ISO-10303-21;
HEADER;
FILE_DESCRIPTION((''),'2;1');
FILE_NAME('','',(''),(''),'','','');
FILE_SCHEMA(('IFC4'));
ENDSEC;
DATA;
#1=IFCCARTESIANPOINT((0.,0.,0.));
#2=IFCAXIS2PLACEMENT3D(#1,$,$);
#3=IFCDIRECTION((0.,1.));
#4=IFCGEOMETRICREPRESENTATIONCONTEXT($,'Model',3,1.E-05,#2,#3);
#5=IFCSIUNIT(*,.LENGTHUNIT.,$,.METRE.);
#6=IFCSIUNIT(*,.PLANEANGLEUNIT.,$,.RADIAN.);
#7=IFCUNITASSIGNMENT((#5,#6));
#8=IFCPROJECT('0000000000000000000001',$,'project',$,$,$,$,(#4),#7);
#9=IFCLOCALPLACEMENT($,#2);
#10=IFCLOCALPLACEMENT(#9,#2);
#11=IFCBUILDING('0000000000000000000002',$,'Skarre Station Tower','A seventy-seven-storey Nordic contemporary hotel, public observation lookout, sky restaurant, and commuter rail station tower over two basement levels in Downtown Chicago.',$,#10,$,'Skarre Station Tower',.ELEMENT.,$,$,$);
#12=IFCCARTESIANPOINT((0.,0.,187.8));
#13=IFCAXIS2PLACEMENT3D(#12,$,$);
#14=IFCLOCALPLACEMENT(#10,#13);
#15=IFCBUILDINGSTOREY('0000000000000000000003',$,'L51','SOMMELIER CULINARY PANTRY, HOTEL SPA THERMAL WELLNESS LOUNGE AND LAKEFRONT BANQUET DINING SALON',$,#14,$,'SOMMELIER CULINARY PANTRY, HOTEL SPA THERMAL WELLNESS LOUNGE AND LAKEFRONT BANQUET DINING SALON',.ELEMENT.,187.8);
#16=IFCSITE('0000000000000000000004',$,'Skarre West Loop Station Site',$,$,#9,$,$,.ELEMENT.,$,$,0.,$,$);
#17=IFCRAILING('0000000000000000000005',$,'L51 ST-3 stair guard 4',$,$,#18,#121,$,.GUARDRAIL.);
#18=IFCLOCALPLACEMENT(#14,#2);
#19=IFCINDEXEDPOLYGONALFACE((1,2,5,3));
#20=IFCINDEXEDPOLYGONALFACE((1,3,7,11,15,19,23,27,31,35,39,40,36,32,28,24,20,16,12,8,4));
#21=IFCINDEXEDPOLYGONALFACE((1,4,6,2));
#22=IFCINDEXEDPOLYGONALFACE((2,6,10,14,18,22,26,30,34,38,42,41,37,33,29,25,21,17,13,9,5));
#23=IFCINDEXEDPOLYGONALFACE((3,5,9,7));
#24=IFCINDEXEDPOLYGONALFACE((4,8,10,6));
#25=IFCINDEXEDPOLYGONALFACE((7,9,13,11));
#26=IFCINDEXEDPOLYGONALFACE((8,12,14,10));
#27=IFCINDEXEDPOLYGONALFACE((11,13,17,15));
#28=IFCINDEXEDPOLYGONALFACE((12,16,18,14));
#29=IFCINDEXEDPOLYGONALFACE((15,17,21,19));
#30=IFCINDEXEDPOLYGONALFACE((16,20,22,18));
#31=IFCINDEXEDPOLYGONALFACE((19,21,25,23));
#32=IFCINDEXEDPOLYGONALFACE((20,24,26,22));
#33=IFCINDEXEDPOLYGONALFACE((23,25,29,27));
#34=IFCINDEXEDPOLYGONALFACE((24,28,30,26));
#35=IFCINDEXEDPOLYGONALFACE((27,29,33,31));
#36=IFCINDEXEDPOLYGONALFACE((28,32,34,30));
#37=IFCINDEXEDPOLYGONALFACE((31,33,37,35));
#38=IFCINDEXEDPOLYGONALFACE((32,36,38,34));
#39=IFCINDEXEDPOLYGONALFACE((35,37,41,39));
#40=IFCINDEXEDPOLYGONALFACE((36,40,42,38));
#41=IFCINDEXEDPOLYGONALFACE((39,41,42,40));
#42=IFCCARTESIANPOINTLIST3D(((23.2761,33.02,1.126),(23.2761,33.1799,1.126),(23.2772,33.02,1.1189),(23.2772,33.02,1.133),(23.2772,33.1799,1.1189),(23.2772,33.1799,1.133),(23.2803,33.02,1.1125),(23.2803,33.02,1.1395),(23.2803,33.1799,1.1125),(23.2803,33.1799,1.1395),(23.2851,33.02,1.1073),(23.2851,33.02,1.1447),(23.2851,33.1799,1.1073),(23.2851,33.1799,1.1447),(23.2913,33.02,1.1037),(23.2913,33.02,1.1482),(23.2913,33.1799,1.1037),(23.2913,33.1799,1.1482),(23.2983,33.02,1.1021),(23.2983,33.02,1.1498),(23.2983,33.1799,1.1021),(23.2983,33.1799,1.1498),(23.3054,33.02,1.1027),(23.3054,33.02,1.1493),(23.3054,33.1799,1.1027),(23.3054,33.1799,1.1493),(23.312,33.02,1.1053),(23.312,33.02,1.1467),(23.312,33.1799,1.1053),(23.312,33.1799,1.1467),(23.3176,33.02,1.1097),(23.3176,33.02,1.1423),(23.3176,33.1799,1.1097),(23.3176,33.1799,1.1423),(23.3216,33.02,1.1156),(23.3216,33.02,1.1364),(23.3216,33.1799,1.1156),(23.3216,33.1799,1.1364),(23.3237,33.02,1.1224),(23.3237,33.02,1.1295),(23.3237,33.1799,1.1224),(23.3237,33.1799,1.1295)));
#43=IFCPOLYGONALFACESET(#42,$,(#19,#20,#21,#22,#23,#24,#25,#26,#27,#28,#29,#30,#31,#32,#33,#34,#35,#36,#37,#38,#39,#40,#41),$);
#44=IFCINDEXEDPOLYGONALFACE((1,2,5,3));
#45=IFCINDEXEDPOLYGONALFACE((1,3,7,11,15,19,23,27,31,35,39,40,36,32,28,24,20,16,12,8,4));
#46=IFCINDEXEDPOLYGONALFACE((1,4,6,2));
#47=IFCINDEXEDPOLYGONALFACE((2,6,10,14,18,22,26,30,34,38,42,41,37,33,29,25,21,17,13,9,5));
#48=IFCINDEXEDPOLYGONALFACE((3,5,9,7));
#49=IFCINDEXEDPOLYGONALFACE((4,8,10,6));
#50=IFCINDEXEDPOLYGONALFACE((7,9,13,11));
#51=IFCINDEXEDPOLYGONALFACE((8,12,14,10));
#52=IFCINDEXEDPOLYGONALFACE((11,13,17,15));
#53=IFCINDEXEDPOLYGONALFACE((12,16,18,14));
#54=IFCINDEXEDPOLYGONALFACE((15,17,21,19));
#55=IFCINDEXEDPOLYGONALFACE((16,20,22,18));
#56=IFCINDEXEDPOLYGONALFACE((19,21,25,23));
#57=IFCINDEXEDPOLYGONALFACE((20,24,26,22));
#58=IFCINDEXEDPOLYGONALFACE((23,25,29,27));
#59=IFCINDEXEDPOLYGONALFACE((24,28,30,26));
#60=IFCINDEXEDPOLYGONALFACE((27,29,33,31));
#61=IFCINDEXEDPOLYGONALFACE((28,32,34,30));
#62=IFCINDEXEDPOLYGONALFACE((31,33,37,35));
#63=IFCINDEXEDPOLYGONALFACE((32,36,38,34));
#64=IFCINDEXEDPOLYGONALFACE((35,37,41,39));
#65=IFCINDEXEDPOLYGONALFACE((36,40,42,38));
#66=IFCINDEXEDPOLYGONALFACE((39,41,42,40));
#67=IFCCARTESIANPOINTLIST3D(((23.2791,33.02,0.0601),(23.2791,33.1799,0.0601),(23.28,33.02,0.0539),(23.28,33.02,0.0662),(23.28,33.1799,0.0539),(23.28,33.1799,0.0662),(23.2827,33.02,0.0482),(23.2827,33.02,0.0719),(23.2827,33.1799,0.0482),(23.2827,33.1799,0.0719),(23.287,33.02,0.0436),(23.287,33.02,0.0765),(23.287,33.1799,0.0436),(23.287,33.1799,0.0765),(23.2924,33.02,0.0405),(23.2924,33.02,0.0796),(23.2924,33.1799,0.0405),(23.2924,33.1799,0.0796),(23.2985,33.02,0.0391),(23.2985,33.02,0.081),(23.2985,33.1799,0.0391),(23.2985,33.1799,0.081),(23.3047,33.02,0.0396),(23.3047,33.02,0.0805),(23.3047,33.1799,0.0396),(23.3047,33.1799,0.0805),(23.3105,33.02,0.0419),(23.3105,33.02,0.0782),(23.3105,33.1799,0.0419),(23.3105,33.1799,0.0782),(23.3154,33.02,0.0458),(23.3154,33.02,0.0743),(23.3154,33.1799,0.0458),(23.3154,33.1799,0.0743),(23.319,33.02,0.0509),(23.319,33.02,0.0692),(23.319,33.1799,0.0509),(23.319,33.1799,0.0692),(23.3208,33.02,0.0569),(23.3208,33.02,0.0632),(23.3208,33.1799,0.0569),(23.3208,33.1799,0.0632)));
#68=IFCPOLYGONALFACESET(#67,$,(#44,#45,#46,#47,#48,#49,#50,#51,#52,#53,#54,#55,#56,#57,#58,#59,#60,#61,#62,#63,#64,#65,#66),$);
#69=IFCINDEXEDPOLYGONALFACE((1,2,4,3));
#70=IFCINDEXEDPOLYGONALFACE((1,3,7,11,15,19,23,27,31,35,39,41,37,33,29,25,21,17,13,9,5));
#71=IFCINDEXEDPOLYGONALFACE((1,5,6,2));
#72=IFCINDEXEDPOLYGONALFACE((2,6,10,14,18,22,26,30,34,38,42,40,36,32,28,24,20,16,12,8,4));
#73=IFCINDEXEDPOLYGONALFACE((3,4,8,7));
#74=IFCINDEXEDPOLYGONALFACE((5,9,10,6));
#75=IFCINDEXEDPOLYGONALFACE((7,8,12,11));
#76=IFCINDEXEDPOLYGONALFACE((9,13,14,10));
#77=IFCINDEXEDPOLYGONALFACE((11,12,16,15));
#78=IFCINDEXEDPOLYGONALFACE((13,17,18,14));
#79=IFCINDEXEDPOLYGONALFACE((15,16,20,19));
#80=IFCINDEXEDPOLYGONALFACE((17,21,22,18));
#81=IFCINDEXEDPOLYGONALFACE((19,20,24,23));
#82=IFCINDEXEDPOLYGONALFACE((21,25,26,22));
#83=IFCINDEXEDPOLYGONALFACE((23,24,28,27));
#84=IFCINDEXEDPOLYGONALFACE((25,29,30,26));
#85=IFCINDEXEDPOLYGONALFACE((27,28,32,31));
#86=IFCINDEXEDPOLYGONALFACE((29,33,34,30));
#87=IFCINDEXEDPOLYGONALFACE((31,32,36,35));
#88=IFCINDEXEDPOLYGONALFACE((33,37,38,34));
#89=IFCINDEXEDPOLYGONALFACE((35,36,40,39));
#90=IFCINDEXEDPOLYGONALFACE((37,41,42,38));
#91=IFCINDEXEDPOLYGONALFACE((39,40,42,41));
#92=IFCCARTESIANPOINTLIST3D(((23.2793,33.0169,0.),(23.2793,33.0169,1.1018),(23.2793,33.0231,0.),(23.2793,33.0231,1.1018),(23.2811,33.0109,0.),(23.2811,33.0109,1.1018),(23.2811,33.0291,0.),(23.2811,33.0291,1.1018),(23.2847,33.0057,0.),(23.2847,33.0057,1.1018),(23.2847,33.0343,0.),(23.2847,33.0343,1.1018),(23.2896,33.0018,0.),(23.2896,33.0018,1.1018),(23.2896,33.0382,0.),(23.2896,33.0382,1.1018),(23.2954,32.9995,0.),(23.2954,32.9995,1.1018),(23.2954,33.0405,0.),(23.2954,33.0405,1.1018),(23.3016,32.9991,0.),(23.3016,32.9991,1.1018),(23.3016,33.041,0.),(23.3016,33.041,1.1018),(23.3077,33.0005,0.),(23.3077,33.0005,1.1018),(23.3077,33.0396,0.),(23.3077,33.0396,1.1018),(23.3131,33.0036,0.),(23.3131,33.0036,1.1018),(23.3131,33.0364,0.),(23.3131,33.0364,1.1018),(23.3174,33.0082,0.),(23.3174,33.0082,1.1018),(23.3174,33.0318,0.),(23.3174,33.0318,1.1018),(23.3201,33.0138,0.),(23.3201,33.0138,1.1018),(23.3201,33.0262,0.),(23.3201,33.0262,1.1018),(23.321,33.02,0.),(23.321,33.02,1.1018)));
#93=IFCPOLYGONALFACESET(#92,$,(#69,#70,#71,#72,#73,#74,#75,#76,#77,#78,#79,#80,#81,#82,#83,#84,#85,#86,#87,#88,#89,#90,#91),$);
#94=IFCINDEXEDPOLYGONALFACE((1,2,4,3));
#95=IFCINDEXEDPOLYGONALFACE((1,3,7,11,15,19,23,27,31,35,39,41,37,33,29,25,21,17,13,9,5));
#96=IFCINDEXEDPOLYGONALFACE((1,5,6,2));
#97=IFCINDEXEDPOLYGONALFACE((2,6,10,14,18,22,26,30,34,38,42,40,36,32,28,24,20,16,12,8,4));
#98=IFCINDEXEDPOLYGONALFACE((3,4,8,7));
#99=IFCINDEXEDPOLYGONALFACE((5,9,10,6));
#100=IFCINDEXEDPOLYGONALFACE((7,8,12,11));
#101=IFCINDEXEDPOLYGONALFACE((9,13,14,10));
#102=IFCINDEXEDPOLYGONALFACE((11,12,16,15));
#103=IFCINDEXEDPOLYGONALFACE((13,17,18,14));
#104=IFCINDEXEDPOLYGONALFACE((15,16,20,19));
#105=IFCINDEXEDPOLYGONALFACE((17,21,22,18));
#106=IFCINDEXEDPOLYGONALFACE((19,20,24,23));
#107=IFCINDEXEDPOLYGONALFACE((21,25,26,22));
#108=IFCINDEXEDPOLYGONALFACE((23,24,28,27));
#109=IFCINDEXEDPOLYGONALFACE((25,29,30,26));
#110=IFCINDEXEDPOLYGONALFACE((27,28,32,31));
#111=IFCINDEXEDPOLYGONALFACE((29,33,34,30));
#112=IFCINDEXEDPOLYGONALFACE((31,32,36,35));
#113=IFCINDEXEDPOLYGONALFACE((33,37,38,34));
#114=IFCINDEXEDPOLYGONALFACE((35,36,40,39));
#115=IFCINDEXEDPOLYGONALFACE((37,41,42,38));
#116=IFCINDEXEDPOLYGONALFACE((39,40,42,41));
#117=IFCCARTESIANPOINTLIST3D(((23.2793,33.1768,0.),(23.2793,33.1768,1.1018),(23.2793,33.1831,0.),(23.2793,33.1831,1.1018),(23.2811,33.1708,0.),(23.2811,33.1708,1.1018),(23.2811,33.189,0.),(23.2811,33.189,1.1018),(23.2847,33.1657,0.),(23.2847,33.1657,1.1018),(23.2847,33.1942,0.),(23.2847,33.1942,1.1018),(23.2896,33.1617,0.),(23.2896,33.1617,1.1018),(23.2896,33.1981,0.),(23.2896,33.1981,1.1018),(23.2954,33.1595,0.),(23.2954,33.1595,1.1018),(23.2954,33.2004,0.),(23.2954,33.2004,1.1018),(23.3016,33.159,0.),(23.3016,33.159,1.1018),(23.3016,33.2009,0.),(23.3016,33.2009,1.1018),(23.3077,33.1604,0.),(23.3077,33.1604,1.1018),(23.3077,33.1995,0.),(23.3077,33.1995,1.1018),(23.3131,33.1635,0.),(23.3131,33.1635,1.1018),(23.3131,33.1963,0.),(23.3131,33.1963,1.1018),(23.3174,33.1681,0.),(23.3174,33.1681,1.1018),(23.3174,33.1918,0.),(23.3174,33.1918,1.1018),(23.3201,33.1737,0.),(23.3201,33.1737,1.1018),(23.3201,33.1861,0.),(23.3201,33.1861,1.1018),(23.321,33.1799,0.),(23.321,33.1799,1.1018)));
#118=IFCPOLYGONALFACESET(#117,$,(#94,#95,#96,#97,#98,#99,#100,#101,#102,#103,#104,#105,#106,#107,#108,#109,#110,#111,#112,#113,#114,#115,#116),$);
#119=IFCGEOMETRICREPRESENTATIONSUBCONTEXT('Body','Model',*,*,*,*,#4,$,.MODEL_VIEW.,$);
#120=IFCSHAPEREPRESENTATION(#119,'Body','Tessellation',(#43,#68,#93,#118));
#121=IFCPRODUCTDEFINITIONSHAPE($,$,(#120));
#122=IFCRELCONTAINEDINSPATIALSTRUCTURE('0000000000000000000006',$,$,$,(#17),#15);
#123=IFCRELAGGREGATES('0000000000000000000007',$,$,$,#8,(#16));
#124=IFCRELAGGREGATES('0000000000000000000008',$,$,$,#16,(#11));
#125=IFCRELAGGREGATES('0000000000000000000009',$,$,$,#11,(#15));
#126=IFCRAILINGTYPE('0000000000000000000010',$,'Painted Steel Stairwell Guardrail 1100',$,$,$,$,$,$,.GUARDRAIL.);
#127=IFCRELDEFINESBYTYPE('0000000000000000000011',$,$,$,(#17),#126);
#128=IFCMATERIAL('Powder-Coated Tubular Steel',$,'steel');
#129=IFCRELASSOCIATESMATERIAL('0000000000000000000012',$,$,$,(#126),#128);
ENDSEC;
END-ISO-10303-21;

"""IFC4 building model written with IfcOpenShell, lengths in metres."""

from ifc_helpers import new_model, si_unit, direction, frame, origin, origin_2d, place, context, subcontext, project, spatial, circle, extrude, material, type_object, element, save


model = new_model("IFC4")

# Units and contexts
model_context = context("Model", 3, precision=1e-05, world=origin(), true_north=direction((0.0, 1.0)))
body_context = subcontext(model_context, "Body", "Model", "MODEL_VIEW")
ifc_project = project(units=[si_unit("LENGTHUNIT", "METRE"), si_unit("PLANEANGLEUNIT", "RADIAN")], contexts=[model_context])

# Site, building, storey
site_placement = place(None, origin())
site = spatial("IfcSite", under=ifc_project, at=site_placement, Name="Skarre West Loop Station Site", CompositionType="ELEMENT", RefElevation=0.0)
building_placement = place(site_placement, origin())
building = spatial("IfcBuilding", under=site, at=building_placement, Name="Skarre Station Tower", Description="A seventy-seven-storey Nordic contemporary hotel, public observation lookout, sky restaurant, and commuter rail station tower over two basement levels in Downtown Chicago.", LongName="Skarre Station Tower", CompositionType="ELEMENT")
storey_placement = place(building_placement, frame((0.0, 0.0, 187.8)))
storey = spatial("IfcBuildingStorey", under=building, at=storey_placement, Name="L51", Description="SOMMELIER CULINARY PANTRY, HOTEL SPA THERMAL WELLNESS LOUNGE AND LAKEFRONT BANQUET DINING SALON", LongName="SOMMELIER CULINARY PANTRY, HOTEL SPA THERMAL WELLNESS LOUNGE AND LAKEFRONT BANQUET DINING SALON", CompositionType="ELEMENT", Elevation=187.8)

# Railing
ifc_material_1 = material(Name="Powder-Coated Tubular Steel", Category="steel")
railing_type_1 = type_object("IfcRailingType", Name="Painted Steel Stairwell Guardrail 1100", PredefinedType="GUARDRAIL", material=ifc_material_1)
railing_1_placement = place(storey_placement, frame((23.3, 33.02, 0.0)))
element("IfcRailing", 1, at=railing_1_placement, inside=storey, type_object=railing_type_1, Name="L51 ST-3 stair guard 4", PredefinedType="GUARDRAIL", context=body_context, shape_type="SweptSolid", body=[
    extrude(circle(Radius=0.0239, at=origin_2d()), frame((0.0, 0.0, 1.126), z_axis=(0.0, 1.0, 0.0), x_axis=(-1.0, 0.0, 0.0)), (0.0, 0.0, 1.0), 0.1599),
    extrude(circle(Radius=0.021, at=origin_2d()), frame((0.0, 0.0, 0.0601), z_axis=(0.0, 1.0, 0.0), x_axis=(-1.0, 0.0, 0.0)), (0.0, 0.0, 1.0), 0.1599),
    extrude(circle(Radius=0.021, at=origin_2d()), origin(), (0.0, 0.0, 1.0), 1.1018),
    extrude(circle(Radius=0.021, at=origin_2d()), frame((0.0, 0.1599, 0.0)), (0.0, 0.0, 1.0), 1.1018),
])

save(model, "model.ifc")
